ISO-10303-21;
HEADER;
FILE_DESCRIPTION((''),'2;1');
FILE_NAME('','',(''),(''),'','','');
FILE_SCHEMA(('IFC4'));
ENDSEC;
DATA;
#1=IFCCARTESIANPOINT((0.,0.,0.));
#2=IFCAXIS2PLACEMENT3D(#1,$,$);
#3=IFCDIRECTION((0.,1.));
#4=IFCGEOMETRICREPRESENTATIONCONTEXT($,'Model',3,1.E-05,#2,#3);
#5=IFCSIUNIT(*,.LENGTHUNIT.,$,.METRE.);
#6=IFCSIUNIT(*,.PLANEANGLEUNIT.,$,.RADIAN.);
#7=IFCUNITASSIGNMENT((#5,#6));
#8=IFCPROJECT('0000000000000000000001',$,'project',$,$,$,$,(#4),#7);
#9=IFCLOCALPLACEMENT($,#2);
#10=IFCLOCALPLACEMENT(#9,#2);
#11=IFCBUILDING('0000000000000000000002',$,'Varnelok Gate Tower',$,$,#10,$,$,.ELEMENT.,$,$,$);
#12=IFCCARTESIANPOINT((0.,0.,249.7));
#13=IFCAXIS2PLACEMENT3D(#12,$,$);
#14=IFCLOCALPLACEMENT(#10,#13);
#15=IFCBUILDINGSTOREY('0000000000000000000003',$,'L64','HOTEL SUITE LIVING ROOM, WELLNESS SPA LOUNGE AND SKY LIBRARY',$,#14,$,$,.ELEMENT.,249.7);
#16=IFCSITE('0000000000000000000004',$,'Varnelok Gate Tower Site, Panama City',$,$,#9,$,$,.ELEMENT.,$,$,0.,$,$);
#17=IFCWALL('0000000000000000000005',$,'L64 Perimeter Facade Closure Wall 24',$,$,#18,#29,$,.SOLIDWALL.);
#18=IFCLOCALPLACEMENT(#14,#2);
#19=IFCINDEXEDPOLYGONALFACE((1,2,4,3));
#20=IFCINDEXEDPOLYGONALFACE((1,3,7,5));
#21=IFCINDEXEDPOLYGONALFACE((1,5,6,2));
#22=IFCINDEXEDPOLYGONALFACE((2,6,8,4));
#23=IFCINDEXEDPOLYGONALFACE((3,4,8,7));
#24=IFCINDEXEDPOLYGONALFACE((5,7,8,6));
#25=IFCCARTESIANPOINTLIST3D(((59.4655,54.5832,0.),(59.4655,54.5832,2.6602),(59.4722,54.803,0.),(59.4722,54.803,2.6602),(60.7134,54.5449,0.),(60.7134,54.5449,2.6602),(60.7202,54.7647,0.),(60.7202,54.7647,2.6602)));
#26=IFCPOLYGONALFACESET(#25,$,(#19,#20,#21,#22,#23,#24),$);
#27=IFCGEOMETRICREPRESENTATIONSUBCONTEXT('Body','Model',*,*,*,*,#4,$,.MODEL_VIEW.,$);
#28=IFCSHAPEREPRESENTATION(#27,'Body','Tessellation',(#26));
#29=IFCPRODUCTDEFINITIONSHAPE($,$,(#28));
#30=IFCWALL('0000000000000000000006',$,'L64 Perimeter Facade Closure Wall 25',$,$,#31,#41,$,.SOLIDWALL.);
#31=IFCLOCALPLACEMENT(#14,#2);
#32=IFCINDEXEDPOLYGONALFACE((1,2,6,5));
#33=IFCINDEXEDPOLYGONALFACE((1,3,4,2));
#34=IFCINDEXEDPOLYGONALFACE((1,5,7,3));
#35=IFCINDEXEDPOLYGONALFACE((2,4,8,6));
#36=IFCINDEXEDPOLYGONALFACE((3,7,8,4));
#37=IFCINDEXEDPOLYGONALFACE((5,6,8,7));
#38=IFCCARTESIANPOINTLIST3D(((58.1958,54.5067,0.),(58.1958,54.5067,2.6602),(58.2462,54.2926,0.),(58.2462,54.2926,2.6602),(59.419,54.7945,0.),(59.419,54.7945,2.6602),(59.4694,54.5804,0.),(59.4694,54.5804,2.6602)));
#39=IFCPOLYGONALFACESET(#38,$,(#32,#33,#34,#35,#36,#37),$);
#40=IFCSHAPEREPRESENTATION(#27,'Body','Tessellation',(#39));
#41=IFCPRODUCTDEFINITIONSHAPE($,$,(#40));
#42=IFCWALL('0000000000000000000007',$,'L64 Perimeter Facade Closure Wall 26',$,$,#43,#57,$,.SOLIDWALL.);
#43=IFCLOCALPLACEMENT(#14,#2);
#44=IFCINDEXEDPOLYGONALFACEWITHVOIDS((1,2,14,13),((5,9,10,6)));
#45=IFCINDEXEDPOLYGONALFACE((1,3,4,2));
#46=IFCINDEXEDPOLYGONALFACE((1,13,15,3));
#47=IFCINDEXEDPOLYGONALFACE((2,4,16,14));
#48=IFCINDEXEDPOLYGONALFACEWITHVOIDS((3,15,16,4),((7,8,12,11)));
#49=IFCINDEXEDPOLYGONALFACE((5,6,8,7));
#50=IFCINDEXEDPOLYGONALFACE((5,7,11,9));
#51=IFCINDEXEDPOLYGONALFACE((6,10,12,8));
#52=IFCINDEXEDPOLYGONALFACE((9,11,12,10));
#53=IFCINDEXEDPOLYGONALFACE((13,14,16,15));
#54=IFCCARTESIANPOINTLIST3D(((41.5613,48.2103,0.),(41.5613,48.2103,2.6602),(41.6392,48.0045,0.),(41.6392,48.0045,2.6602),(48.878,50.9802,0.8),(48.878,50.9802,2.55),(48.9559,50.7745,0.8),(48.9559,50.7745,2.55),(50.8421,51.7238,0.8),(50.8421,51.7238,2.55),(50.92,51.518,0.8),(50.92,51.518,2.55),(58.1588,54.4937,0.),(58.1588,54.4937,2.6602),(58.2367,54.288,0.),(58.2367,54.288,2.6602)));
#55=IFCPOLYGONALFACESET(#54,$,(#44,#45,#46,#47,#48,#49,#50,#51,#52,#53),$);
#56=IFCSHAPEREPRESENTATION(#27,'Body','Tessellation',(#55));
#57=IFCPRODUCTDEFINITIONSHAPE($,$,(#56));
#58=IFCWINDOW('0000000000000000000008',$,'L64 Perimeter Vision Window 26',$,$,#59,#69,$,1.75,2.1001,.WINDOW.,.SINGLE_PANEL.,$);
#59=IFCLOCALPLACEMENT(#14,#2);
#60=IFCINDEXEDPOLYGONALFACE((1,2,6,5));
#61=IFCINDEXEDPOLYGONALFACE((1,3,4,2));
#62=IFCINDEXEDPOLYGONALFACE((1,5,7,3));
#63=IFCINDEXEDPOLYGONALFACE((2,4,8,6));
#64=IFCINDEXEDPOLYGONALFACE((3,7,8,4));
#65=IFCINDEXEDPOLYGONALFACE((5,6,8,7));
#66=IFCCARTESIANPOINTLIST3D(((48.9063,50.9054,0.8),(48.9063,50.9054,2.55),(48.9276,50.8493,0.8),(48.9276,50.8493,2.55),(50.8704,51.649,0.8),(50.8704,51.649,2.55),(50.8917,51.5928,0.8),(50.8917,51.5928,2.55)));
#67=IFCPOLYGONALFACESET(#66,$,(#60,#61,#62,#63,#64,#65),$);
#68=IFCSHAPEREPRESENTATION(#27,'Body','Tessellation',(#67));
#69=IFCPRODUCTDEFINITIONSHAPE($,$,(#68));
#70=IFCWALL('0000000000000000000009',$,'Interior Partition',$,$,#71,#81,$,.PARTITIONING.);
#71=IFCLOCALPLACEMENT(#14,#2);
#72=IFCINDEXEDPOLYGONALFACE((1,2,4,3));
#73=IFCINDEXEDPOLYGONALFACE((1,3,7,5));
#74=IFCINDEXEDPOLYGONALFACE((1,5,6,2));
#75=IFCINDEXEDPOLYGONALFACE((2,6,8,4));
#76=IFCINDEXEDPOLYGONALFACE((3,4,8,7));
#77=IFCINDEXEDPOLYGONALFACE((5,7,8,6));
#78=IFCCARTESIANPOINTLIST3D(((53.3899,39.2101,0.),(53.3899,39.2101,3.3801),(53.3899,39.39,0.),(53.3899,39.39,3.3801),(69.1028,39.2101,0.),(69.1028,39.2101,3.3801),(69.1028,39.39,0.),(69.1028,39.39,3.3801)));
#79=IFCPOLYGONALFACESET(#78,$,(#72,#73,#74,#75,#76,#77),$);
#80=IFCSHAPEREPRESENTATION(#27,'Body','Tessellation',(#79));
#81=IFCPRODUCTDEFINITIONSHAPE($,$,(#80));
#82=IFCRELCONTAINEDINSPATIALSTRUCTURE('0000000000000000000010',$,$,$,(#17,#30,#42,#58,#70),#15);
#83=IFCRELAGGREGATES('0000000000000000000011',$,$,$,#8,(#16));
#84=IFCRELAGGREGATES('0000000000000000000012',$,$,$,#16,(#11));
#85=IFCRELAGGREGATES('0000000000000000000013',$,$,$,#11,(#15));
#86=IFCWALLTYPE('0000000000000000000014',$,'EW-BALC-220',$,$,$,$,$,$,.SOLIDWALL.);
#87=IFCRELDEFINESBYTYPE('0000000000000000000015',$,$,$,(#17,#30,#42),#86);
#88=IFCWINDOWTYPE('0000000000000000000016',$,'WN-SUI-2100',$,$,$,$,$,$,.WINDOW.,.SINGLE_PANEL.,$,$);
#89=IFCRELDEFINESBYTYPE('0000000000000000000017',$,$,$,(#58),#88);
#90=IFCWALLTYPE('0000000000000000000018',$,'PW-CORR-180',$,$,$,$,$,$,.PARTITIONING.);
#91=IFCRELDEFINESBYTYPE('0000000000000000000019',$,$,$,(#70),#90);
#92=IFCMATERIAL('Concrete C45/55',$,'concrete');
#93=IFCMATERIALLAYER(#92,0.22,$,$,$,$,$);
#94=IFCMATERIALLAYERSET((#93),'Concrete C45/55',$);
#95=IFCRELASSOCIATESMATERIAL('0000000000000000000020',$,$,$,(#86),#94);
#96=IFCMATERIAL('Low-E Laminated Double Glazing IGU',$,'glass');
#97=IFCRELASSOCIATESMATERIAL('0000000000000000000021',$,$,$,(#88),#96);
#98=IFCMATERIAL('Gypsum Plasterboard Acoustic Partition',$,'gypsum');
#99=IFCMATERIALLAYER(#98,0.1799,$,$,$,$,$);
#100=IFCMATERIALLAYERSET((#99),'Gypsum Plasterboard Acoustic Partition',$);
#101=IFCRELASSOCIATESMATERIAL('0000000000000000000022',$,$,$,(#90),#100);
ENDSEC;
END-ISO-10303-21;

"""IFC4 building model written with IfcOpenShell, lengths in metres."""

from ifc_helpers import new_model, si_unit, direction, frame, frame_2d, origin, place, context, subcontext, project, spatial, rectangle, extrude, material, layer, layer_set, type_object, element, fill, save


model = new_model("IFC4")

# Units and contexts
model_context = context("Model", 3, precision=1e-05, world=origin(), true_north=direction((0.0, 1.0)))
body_context = subcontext(model_context, "Body", "Model", "MODEL_VIEW")
ifc_project = project(units=[si_unit("LENGTHUNIT", "METRE"), si_unit("PLANEANGLEUNIT", "RADIAN")], contexts=[model_context])

# Site, building, storey
site_placement = place(None, origin())
site = spatial("IfcSite", under=ifc_project, at=site_placement, Name="Varnelok Gate Tower Site, Panama City", CompositionType="ELEMENT", RefElevation=0.0)
building_placement = place(site_placement, origin())
building = spatial("IfcBuilding", under=site, at=building_placement, Name="Varnelok Gate Tower", CompositionType="ELEMENT")
storey_placement = place(building_placement, frame((0.0, 0.0, 249.7)))
storey = spatial("IfcBuildingStorey", under=building, at=storey_placement, Name="L64", Description="HOTEL SUITE LIVING ROOM, WELLNESS SPA LOUNGE AND SKY LIBRARY", CompositionType="ELEMENT", Elevation=249.7)

# Shared definitions
ifc_material_1 = material(Name="Low-E Laminated Double Glazing IGU", Category="glass")

# Walls
ifc_material_2 = material(Name="Concrete C45/55", Category="concrete")
ifc_layer_1 = layer(ifc_material_2, 0.22)
ifc_layer_set_1 = layer_set([ifc_layer_1], Name="Concrete C45/55")
wall_type_1 = type_object("IfcWallType", Name="EW-BALC-220", PredefinedType="SOLIDWALL", material=ifc_layer_set_1)
for number, where, z_axis, x_axis, name in (
    (1, (60.7168, 54.6548, 0.0), (0.0, 0.0, 1.0), (-0.999529, 0.030698, 0.0), "L64 Perimeter Facade Closure Wall 24"),
):
    element("IfcWall", number, at=place(storey_placement, frame(where, z_axis=z_axis, x_axis=x_axis)), inside=storey, type_object=wall_type_1, Name=name, PredefinedType="SOLIDWALL", context=body_context, shape_type="SweptSolid", body=[
        extrude(rectangle(XDim=1.2485, YDim=0.22, at=frame_2d((0.6243, 0.0))), origin(), (0.0, 0.0, 1.0), 2.6602),
    ])
wall_1_placement = place(storey_placement, frame((59.4443, 54.6875, 0.0), z_axis=(0.0, 0.0, 1.0), x_axis=(-0.97341, -0.229072, 0.0)))
element("IfcWall", 2, at=wall_1_placement, inside=storey, type_object=wall_type_1, Name="L64 Perimeter Facade Closure Wall 25", PredefinedType="SOLIDWALL", context=body_context, shape_type="SweptSolid", body=[
    extrude(rectangle(XDim=1.2566, YDim=0.22, at=frame_2d((0.6284, 0.0))), origin(), (0.0, 0.0, 1.0), 2.6602),
])

# Wall, opening, window
wall_2_placement = place(storey_placement, frame((58.1978, 54.3909, 0.0), z_axis=(0.0, 0.0, 1.0), x_axis=(-0.935224, -0.354057, 0.0)))
wall_2 = element("IfcWall", 3, at=wall_2_placement, inside=storey, type_object=wall_type_1, Name="L64 Perimeter Facade Closure Wall 26", PredefinedType="SOLIDWALL", context=body_context, shape_type="SweptSolid", body=[
    extrude(rectangle(XDim=17.7471, YDim=0.22, at=frame_2d((8.8735, 0.0))), origin(), (0.0, 0.0, 1.0), 2.6602),
])
opening_placement = place(wall_2_placement, frame((7.8235, 0.0, 0.8)))
opening = element("IfcOpeningElement", 4, at=opening_placement, cuts=wall_2, PredefinedType="OPENING", context=body_context, shape_type="SweptSolid", body=[
    extrude(rectangle(XDim=2.1001, YDim=1.75, at=frame_2d((1.05, 0.875))), frame((0.0, 0.1199, 0.0), z_axis=(0.0, -1.0, 0.0), x_axis=(1.0, 0.0, 0.0)), (0.0, 0.0, 1.0), 0.24),
])
window_type = type_object("IfcWindowType", Name="WN-SUI-2100", PartitioningType="SINGLE_PANEL", PredefinedType="WINDOW", material=ifc_material_1)
window_placement = place(opening_placement, origin())
window = element("IfcWindow", 5, at=window_placement, inside=storey, type_object=window_type, Name="L64 Perimeter Vision Window 26", OverallHeight=1.75, OverallWidth=2.1001, PartitioningType="SINGLE_PANEL", PredefinedType="WINDOW", context=body_context, shape_type="SweptSolid", body=[
    extrude(rectangle(XDim=2.1001, YDim=1.75, at=frame_2d((1.05, 0.875))), frame((0.0, 0.03, 0.0), z_axis=(0.0, -1.0, 0.0), x_axis=(1.0, 0.0, 0.0)), (0.0, 0.0, 1.0), 0.0601),
])
fill(opening, window)

# Wall
ifc_material_3 = material(Name="Gypsum Plasterboard Acoustic Partition", Category="gypsum")
ifc_layer_2 = layer(ifc_material_3, 0.1799)
ifc_layer_set_2 = layer_set([ifc_layer_2], Name="Gypsum Plasterboard Acoustic Partition")
wall_type_2 = type_object("IfcWallType", Name="PW-CORR-180", PredefinedType="PARTITIONING", material=ifc_layer_set_2)
wall_3_placement = place(storey_placement, frame((53.3899, 39.3, 0.0), z_axis=(0.0, 0.0, 1.0), x_axis=(1.0, 0.0, 0.0)))
element("IfcWall", 6, at=wall_3_placement, inside=storey, type_object=wall_type_2, Name="Interior Partition", PredefinedType="PARTITIONING", context=body_context, shape_type="SweptSolid", body=[
    extrude(rectangle(XDim=15.7129, YDim=0.1799, at=frame_2d((7.8564, 0.0))), origin(), (0.0, 0.0, 1.0), 3.3801),
])

save(model, "model.ifc")
